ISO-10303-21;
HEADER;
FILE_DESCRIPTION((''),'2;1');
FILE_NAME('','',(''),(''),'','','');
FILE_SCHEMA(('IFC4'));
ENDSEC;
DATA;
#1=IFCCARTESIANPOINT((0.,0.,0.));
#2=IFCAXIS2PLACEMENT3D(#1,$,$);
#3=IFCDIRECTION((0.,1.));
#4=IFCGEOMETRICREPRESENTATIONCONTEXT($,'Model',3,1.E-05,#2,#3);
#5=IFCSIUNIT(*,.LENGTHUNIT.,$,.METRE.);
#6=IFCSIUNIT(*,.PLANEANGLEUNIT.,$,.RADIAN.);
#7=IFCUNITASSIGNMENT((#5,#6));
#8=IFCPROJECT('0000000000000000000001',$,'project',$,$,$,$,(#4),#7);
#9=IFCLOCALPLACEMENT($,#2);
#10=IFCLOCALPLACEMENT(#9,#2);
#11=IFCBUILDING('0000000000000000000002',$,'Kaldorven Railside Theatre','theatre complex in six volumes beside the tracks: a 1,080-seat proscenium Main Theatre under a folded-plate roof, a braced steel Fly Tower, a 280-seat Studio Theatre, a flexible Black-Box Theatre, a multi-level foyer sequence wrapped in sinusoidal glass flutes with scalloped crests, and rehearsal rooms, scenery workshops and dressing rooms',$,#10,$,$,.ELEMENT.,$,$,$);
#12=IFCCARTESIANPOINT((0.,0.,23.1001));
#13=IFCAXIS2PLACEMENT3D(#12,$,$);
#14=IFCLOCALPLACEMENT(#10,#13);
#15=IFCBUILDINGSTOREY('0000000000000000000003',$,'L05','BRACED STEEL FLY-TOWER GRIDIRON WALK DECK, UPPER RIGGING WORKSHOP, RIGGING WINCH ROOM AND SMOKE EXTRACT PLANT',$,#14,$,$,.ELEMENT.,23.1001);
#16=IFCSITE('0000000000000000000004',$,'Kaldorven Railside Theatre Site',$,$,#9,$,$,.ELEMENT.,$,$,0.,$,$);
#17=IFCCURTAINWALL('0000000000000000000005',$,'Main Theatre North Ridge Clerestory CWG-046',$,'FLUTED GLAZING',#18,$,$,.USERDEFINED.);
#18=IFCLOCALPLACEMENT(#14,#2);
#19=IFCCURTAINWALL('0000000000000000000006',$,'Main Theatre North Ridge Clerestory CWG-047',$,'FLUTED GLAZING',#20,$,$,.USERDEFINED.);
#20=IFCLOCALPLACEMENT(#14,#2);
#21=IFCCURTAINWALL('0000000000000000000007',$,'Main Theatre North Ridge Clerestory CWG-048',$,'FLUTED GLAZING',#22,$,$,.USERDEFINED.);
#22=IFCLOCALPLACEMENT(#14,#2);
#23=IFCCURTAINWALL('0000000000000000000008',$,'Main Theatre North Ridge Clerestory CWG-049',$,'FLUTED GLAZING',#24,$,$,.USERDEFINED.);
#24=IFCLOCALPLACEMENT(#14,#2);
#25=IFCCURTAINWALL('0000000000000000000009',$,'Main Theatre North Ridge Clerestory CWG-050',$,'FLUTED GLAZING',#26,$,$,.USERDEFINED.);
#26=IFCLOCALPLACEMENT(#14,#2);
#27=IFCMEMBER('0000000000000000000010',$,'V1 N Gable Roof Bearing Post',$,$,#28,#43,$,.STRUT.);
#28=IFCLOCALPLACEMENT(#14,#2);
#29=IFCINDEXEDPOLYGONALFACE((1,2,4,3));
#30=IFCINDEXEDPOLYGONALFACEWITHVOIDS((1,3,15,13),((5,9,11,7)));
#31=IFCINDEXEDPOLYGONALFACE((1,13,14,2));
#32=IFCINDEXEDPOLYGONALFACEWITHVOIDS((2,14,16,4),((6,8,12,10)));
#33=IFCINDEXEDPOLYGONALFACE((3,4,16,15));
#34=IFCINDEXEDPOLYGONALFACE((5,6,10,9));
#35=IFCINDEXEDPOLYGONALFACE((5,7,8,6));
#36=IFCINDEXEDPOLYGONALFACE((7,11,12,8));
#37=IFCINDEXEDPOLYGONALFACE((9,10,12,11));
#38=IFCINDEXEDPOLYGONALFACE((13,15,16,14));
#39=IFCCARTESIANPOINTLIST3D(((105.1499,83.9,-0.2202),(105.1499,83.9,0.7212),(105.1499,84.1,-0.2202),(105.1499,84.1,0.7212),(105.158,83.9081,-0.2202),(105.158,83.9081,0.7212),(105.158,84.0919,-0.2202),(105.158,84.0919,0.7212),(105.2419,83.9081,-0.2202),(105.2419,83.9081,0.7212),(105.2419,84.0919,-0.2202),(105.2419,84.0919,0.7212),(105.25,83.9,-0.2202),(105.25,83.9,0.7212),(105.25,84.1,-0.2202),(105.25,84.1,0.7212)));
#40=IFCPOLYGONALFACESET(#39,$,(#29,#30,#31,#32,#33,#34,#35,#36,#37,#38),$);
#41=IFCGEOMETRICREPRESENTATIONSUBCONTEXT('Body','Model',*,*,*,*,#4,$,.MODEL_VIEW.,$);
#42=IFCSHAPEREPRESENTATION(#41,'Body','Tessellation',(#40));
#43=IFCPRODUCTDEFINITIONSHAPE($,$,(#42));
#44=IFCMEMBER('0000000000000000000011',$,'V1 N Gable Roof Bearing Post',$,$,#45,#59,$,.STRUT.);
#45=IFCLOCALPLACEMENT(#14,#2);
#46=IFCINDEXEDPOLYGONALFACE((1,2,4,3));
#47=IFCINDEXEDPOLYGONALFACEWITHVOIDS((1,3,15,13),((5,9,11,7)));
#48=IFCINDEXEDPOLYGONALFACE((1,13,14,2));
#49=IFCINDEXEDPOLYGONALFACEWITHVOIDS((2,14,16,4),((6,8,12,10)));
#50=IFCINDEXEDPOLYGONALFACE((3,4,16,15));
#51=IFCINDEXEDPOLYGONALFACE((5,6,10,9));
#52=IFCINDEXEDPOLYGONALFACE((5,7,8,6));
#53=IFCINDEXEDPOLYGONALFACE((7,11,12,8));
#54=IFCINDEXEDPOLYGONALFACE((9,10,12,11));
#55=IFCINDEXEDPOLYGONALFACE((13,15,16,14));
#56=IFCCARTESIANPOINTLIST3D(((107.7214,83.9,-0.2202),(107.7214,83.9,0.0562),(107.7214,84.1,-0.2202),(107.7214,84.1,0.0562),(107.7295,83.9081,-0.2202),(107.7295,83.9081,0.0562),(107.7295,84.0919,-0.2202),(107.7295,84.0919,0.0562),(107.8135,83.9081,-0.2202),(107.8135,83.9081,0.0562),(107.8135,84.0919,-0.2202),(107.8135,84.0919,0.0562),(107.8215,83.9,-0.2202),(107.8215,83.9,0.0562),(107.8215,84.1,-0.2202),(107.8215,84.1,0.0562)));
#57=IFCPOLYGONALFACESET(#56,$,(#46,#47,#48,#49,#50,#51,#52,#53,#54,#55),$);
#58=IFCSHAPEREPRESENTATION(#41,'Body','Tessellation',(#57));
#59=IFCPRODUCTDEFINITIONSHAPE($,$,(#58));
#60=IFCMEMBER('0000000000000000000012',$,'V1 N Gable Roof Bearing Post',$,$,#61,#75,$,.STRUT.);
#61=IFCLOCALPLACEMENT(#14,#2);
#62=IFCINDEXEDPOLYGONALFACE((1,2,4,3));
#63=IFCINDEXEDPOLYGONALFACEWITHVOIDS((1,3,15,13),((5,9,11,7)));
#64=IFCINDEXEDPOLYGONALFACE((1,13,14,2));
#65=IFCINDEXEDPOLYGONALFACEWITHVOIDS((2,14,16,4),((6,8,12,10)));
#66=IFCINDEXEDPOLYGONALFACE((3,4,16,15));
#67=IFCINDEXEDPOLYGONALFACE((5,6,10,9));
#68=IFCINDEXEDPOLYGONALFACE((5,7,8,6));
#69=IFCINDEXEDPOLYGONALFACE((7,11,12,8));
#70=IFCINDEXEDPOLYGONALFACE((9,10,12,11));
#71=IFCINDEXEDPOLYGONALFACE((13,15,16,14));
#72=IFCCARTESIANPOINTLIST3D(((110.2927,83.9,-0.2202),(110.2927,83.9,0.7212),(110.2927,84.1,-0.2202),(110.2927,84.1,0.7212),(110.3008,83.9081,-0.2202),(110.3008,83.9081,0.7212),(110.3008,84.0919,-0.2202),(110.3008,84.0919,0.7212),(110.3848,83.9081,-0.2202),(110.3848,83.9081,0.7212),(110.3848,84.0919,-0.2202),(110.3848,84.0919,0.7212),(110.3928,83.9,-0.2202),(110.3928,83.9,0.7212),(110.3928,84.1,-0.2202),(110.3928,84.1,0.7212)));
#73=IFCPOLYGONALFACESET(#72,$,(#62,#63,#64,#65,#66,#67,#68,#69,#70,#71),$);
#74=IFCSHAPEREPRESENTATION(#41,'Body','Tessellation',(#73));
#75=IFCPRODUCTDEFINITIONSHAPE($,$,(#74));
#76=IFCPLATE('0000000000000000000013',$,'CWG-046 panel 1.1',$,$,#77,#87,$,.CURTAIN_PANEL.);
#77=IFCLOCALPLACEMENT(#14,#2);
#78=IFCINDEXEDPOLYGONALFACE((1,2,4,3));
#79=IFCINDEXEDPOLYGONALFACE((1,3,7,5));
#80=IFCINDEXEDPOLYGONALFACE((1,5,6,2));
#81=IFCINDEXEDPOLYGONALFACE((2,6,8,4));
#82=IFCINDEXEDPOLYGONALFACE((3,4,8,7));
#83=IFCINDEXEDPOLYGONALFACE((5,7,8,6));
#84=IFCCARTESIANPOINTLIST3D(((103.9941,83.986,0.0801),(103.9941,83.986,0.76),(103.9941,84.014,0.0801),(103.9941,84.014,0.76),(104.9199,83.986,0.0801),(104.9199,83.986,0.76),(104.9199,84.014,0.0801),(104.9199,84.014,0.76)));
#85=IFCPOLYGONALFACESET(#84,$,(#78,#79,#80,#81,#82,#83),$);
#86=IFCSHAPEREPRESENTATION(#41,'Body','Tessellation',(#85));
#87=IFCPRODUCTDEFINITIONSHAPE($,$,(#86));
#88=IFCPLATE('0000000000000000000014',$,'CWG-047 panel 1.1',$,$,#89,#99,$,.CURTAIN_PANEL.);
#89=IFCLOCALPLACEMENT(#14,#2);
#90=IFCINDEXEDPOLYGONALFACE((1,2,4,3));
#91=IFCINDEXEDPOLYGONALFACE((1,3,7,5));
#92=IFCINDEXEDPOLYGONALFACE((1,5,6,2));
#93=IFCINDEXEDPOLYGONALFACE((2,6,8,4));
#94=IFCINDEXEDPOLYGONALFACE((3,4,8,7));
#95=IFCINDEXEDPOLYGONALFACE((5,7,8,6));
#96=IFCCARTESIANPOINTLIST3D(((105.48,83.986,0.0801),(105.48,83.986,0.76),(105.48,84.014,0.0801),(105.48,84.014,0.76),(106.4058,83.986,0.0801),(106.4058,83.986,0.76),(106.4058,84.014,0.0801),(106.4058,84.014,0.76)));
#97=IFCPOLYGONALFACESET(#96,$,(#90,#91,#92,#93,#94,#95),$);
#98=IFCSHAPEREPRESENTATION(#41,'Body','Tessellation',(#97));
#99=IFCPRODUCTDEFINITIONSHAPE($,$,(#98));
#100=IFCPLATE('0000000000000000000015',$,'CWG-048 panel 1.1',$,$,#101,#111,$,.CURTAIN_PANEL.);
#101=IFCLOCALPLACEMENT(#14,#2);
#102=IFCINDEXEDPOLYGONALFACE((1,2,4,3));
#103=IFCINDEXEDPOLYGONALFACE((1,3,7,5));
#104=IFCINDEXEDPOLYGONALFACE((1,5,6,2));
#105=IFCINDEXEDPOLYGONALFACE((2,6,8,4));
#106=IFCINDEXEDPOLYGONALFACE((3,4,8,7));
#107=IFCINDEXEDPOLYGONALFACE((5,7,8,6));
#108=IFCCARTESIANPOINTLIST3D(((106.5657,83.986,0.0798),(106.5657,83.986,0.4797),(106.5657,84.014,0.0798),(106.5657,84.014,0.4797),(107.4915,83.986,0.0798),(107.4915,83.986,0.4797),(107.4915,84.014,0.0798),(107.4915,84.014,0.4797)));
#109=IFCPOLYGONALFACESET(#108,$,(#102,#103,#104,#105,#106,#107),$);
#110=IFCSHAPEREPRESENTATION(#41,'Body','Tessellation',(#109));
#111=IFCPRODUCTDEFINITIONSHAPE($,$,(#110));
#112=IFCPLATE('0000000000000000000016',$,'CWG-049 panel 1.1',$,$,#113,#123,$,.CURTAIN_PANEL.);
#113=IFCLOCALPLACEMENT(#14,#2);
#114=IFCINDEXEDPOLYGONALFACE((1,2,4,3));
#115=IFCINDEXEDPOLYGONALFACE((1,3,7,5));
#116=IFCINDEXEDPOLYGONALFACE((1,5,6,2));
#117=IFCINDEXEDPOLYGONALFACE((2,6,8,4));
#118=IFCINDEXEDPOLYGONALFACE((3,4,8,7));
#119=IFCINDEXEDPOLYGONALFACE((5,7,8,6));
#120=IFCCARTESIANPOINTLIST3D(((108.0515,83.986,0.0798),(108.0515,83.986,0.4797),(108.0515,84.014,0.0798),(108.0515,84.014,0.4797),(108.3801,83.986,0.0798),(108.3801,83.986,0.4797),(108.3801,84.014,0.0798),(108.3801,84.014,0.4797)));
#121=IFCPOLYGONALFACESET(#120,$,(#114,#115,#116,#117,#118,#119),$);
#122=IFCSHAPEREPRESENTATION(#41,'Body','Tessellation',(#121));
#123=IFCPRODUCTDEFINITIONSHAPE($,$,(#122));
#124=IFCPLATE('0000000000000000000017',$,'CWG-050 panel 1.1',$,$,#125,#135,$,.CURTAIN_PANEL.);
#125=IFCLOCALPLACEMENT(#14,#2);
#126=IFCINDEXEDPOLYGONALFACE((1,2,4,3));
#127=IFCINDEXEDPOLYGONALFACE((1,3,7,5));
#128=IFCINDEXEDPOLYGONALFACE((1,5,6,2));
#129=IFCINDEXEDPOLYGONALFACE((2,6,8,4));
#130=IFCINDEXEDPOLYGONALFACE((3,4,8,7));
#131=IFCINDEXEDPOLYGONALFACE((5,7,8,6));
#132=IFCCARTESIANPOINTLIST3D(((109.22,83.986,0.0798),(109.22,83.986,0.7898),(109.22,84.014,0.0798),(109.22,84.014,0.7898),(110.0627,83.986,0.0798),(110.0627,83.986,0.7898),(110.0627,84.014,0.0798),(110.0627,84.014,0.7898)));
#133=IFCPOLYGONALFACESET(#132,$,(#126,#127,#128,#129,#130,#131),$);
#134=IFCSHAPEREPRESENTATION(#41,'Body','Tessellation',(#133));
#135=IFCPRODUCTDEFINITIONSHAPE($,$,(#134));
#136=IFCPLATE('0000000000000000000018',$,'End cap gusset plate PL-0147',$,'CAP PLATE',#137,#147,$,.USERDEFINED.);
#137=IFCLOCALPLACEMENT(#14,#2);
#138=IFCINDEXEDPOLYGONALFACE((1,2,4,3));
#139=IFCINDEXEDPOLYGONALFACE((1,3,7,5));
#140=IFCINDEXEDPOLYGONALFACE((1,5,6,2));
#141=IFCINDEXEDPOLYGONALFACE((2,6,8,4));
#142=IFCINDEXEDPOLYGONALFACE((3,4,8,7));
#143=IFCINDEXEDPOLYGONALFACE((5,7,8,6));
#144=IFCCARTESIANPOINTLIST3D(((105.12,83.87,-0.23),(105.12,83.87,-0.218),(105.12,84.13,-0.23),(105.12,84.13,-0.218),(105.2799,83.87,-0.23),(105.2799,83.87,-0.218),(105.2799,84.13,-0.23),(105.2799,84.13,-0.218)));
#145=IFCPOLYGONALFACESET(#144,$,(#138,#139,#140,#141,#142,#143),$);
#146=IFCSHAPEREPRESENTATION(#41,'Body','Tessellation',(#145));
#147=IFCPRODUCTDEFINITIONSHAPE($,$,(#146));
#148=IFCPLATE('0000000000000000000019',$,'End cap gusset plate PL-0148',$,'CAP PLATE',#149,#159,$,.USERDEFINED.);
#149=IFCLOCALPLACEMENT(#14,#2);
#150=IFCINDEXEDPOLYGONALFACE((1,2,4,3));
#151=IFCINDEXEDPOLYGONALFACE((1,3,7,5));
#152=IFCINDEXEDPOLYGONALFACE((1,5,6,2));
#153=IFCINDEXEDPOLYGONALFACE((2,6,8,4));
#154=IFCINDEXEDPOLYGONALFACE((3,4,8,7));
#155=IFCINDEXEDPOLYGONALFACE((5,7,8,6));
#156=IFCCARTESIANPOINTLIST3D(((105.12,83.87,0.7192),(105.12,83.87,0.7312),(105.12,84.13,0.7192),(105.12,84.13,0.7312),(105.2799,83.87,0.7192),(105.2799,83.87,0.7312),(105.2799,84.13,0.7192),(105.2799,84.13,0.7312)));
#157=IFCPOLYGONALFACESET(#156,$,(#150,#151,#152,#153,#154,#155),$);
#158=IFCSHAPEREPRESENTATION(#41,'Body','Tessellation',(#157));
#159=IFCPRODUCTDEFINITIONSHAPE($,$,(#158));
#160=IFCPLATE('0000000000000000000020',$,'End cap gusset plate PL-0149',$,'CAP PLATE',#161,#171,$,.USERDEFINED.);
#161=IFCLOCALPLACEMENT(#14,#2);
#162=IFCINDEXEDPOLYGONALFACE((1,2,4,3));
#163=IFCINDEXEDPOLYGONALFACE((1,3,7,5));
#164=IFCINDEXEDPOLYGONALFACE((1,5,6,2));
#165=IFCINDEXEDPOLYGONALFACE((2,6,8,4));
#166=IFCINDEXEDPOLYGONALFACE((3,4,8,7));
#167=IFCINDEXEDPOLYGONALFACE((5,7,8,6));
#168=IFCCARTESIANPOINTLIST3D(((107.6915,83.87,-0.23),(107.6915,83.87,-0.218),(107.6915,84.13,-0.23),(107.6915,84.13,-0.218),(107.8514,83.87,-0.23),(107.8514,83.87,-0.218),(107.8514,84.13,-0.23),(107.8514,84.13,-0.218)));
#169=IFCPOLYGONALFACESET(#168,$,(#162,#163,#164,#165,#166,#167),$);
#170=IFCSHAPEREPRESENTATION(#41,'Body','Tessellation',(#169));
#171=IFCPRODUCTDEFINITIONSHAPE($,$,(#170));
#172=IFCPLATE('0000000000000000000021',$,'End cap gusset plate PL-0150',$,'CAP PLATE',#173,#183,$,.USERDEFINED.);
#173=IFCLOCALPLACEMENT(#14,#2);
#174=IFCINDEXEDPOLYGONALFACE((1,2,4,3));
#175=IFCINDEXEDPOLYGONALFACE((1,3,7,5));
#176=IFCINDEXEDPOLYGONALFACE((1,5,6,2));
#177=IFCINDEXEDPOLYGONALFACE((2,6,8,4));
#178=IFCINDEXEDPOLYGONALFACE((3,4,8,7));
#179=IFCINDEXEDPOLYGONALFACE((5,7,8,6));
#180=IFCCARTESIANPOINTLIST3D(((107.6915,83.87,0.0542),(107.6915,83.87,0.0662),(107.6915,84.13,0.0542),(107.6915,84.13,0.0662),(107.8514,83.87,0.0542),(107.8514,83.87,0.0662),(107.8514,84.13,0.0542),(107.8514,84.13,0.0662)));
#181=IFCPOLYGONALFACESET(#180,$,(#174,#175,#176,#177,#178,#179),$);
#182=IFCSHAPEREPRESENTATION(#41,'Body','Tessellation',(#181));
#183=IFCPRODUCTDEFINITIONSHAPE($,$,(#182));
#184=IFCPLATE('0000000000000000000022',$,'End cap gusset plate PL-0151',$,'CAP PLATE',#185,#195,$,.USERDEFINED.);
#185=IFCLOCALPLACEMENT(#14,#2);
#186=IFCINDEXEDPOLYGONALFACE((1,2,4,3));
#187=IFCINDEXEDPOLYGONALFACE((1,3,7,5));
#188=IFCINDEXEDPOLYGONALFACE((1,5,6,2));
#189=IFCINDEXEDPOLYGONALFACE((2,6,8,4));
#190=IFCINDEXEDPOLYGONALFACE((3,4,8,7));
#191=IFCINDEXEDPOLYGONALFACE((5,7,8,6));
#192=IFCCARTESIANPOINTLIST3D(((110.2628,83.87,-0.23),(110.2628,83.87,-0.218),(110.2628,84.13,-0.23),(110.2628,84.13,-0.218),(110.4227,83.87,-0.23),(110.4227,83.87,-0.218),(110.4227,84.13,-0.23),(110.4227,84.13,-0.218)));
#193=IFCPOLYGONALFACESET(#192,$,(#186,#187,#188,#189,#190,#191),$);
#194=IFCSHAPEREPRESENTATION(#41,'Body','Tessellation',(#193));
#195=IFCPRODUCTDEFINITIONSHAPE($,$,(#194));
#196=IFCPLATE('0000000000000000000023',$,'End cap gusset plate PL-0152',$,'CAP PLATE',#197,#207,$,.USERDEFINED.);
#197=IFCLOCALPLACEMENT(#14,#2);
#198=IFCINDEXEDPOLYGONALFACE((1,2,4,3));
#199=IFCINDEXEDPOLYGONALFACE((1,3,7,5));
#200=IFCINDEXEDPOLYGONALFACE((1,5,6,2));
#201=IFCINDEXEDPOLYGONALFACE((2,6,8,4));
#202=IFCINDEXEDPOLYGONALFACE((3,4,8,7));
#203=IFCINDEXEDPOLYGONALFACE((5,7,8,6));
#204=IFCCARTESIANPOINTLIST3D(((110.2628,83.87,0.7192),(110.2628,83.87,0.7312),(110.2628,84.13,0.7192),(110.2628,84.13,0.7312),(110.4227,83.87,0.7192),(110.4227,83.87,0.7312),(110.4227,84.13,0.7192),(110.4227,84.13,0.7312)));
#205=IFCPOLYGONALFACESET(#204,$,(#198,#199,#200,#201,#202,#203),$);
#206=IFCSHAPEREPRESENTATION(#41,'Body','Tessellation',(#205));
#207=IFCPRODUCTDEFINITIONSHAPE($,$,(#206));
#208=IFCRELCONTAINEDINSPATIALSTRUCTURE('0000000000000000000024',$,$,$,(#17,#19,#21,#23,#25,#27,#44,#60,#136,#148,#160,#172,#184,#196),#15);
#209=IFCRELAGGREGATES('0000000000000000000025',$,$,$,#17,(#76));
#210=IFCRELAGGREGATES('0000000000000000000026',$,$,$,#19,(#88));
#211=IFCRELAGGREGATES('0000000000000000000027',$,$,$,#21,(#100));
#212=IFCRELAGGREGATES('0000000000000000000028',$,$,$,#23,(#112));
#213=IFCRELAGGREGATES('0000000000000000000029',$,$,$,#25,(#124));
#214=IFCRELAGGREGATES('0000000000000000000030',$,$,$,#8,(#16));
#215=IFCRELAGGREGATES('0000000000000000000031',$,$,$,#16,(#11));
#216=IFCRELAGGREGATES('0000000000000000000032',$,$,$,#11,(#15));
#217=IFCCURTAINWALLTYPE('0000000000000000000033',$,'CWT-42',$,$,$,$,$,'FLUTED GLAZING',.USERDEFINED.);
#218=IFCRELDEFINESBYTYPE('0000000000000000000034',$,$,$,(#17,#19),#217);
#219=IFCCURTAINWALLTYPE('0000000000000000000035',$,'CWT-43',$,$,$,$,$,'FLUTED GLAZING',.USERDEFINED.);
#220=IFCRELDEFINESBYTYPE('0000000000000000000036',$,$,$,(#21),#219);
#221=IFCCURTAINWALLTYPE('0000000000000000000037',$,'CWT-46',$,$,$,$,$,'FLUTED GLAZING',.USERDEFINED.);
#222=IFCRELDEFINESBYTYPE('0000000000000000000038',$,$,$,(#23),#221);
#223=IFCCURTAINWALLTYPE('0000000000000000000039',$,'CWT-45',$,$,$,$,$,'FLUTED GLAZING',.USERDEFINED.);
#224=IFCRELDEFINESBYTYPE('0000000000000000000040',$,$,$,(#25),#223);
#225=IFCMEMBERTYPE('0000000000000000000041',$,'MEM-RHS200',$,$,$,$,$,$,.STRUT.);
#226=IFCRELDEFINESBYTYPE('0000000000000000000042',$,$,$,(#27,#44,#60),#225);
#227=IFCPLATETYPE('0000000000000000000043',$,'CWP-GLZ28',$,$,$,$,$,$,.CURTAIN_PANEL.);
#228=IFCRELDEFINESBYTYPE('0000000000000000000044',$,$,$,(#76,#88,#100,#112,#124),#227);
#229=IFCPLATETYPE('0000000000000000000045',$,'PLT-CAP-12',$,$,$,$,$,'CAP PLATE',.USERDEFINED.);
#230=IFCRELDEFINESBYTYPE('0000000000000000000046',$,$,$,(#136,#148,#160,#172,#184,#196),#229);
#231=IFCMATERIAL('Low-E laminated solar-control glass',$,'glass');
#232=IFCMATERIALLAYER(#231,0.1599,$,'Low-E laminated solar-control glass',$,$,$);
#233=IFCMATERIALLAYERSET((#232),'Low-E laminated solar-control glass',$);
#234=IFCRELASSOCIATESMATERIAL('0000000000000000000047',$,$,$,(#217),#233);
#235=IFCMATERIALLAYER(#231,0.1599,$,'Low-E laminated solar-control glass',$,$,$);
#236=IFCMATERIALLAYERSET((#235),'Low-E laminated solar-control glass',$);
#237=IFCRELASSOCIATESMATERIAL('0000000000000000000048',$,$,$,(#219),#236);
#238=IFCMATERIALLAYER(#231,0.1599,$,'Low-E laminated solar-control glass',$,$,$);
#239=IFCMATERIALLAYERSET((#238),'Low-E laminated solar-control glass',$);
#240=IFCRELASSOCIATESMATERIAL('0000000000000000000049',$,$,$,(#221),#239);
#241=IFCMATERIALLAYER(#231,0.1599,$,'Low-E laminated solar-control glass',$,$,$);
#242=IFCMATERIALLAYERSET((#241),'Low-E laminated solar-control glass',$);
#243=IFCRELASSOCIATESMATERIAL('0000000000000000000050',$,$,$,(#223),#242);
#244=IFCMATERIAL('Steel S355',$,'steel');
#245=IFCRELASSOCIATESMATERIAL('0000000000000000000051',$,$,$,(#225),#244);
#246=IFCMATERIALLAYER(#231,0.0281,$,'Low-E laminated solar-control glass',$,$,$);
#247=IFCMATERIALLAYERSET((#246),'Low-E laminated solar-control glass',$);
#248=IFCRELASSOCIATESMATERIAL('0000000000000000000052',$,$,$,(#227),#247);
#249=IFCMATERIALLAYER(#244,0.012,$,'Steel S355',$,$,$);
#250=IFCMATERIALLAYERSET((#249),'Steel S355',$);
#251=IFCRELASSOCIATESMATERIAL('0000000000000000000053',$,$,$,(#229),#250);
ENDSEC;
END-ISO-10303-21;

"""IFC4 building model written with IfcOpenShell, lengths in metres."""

from ifc_helpers import new_model, si_unit, direction, frame, origin, origin_2d, place, context, subcontext, project, spatial, rectangle, hollow_rectangle, extrude, material, layer, layer_set, material_profile, profile_set, type_object, element, aggregate, save


model = new_model("IFC4")

# Units and contexts
model_context = context("Model", 3, precision=1e-05, world=origin(), true_north=direction((0.0, 1.0)))
body_context = subcontext(model_context, "Body", "Model", "MODEL_VIEW")
ifc_project = project(units=[si_unit("LENGTHUNIT", "METRE"), si_unit("PLANEANGLEUNIT", "RADIAN")], contexts=[model_context])

# Site, building, storey
site_placement = place(None, origin())
site = spatial("IfcSite", under=ifc_project, at=site_placement, Name="Kaldorven Railside Theatre Site", CompositionType="ELEMENT", RefElevation=0.0)
building_placement = place(site_placement, origin())
building = spatial("IfcBuilding", under=site, at=building_placement, Name="Kaldorven Railside Theatre", Description="theatre complex in six volumes beside the tracks: a 1,080-seat proscenium Main Theatre under a folded-plate roof, a braced steel Fly Tower, a 280-seat Studio Theatre, a flexible Black-Box Theatre, a multi-level foyer sequence wrapped in sinusoidal glass flutes with scalloped crests, and rehearsal rooms, scenery workshops and dressing rooms", CompositionType="ELEMENT")
storey_placement = place(building_placement, frame((0.0, 0.0, 23.1001)))
storey = spatial("IfcBuildingStorey", under=building, at=storey_placement, Name="L05", Description="BRACED STEEL FLY-TOWER GRIDIRON WALK DECK, UPPER RIGGING WORKSHOP, RIGGING WINCH ROOM AND SMOKE EXTRACT PLANT", CompositionType="ELEMENT", Elevation=23.1001)

# Shared definitions
ifc_material_1 = material(Name="Steel S355", Category="steel")

# Curtain wall
ifc_material_2 = material(Name="Low-E laminated solar-control glass", Category="glass")
ifc_layer_1 = layer(ifc_material_2, 0.1599, Name="Low-E laminated solar-control glass")
ifc_layer_set_1 = layer_set([ifc_layer_1], Name="Low-E laminated solar-control glass")
curtain_wall_type_1 = type_object("IfcCurtainWallType", Name="CWT-42", ElementType="FLUTED GLAZING", PredefinedType="USERDEFINED", material=ifc_layer_set_1)
curtain_wall_1_placement = place(storey_placement, origin())
curtain_wall_1 = element("IfcCurtainWall", 1, at=curtain_wall_1_placement, inside=storey, type_object=curtain_wall_type_1, Name="Main Theatre North Ridge Clerestory CWG-046", ObjectType="FLUTED GLAZING", PredefinedType="USERDEFINED")

# Curtain walls
curtain_wall_2_placement = place(storey_placement, origin())
curtain_wall_2 = element("IfcCurtainWall", 2, at=curtain_wall_2_placement, inside=storey, type_object=curtain_wall_type_1, Name="Main Theatre North Ridge Clerestory CWG-047", ObjectType="FLUTED GLAZING", PredefinedType="USERDEFINED")
ifc_layer_2 = layer(ifc_material_2, 0.1599, Name="Low-E laminated solar-control glass")
ifc_layer_set_2 = layer_set([ifc_layer_2], Name="Low-E laminated solar-control glass")
curtain_wall_type_2 = type_object("IfcCurtainWallType", Name="CWT-43", ElementType="FLUTED GLAZING", PredefinedType="USERDEFINED", material=ifc_layer_set_2)
curtain_wall_3_placement = place(storey_placement, origin())
curtain_wall_3 = element("IfcCurtainWall", 3, at=curtain_wall_3_placement, inside=storey, type_object=curtain_wall_type_2, Name="Main Theatre North Ridge Clerestory CWG-048", ObjectType="FLUTED GLAZING", PredefinedType="USERDEFINED")
ifc_layer_3 = layer(ifc_material_2, 0.1599, Name="Low-E laminated solar-control glass")
ifc_layer_set_3 = layer_set([ifc_layer_3], Name="Low-E laminated solar-control glass")
curtain_wall_type_3 = type_object("IfcCurtainWallType", Name="CWT-46", ElementType="FLUTED GLAZING", PredefinedType="USERDEFINED", material=ifc_layer_set_3)
curtain_wall_4_placement = place(storey_placement, origin())
curtain_wall_4 = element("IfcCurtainWall", 4, at=curtain_wall_4_placement, inside=storey, type_object=curtain_wall_type_3, Name="Main Theatre North Ridge Clerestory CWG-049", ObjectType="FLUTED GLAZING", PredefinedType="USERDEFINED")
ifc_layer_4 = layer(ifc_material_2, 0.1599, Name="Low-E laminated solar-control glass")
ifc_layer_set_4 = layer_set([ifc_layer_4], Name="Low-E laminated solar-control glass")
curtain_wall_type_4 = type_object("IfcCurtainWallType", Name="CWT-45", ElementType="FLUTED GLAZING", PredefinedType="USERDEFINED", material=ifc_layer_set_4)
curtain_wall_5_placement = place(storey_placement, origin())
curtain_wall_5 = element("IfcCurtainWall", 5, at=curtain_wall_5_placement, inside=storey, type_object=curtain_wall_type_4, Name="Main Theatre North Ridge Clerestory CWG-050", ObjectType="FLUTED GLAZING", PredefinedType="USERDEFINED")

# Members
ifc_material_profile_1 = material_profile(ifc_material_1, hollow_rectangle(XDim=0.1001, YDim=0.2, WallThickness=0.0081, at=origin_2d()), Name="RHS 200x100x8")
ifc_profile_set_1 = profile_set([ifc_material_profile_1], Name="Steel S355")
member_type_1 = type_object("IfcMemberType", Name="MEM-RHS200", PredefinedType="STRUT", material=ifc_profile_set_1)
member_1_placement = place(storey_placement, frame((105.2, 84.0, -0.2202), z_axis=(0.0, 0.0, 1.0), x_axis=(1.0, 0.0, 0.0)))
element("IfcMember", 6, at=member_1_placement, inside=storey, type_object=member_type_1, Name="V1 N Gable Roof Bearing Post", PredefinedType="STRUT", context=body_context, shape_type="SweptSolid", body=[
    extrude(hollow_rectangle(XDim=0.1001, YDim=0.2, WallThickness=0.0081, at=origin_2d()), origin(), (0.0, 0.0, 1.0), 0.9414),
])
member_2_placement = place(storey_placement, frame((107.7715, 84.0, -0.2202), z_axis=(0.0, 0.0, 1.0), x_axis=(1.0, 0.0, 0.0)))
element("IfcMember", 7, at=member_2_placement, inside=storey, type_object=member_type_1, Name="V1 N Gable Roof Bearing Post", PredefinedType="STRUT", context=body_context, shape_type="SweptSolid", body=[
    extrude(hollow_rectangle(XDim=0.1001, YDim=0.2, WallThickness=0.0081, at=origin_2d()), origin(), (0.0, 0.0, 1.0), 0.2764),
])
member_3_placement = place(storey_placement, frame((110.3428, 84.0, -0.2202), z_axis=(0.0, 0.0, 1.0), x_axis=(1.0, 0.0, 0.0)))
element("IfcMember", 8, at=member_3_placement, inside=storey, type_object=member_type_1, Name="V1 N Gable Roof Bearing Post", PredefinedType="STRUT", context=body_context, shape_type="SweptSolid", body=[
    extrude(hollow_rectangle(XDim=0.1001, YDim=0.2, WallThickness=0.0081, at=origin_2d()), origin(), (0.0, 0.0, 1.0), 0.9414),
])

# Plates
ifc_layer_5 = layer(ifc_material_2, 0.0281, Name="Low-E laminated solar-control glass")
ifc_layer_set_5 = layer_set([ifc_layer_5], Name="Low-E laminated solar-control glass")
plate_type_1 = type_object("IfcPlateType", Name="CWP-GLZ28", PredefinedType="CURTAIN_PANEL", material=ifc_layer_set_5)
plate_1_placement = place(storey_placement, frame((104.457, 84.0, 0.0801), z_axis=(0.0, 0.0, 1.0), x_axis=(1.0, 0.0, 0.0)))
plate_1 = element("IfcPlate", 9, at=plate_1_placement, type_object=plate_type_1, Name="CWG-046 panel 1.1", PredefinedType="CURTAIN_PANEL", context=body_context, shape_type="SweptSolid", body=[
    extrude(rectangle(XDim=0.9258, YDim=0.0281, at=origin_2d()), origin(), (0.0, 0.0, 1.0), 0.6799),
])
aggregate(curtain_wall_1, [plate_1])
plate_2_placement = place(storey_placement, frame((105.9429, 84.0, 0.0801), z_axis=(0.0, 0.0, 1.0), x_axis=(1.0, 0.0, 0.0)))
plate_2 = element("IfcPlate", 10, at=plate_2_placement, type_object=plate_type_1, Name="CWG-047 panel 1.1", PredefinedType="CURTAIN_PANEL", context=body_context, shape_type="SweptSolid", body=[
    extrude(rectangle(XDim=0.9258, YDim=0.0281, at=origin_2d()), origin(), (0.0, 0.0, 1.0), 0.6799),
])
aggregate(curtain_wall_2, [plate_2])
plate_3_placement = place(storey_placement, frame((107.0286, 84.0, 0.0798), z_axis=(0.0, 0.0, 1.0), x_axis=(1.0, 0.0, 0.0)))
plate_3 = element("IfcPlate", 11, at=plate_3_placement, type_object=plate_type_1, Name="CWG-048 panel 1.1", PredefinedType="CURTAIN_PANEL", context=body_context, shape_type="SweptSolid", body=[
    extrude(rectangle(XDim=0.9258, YDim=0.0281, at=origin_2d()), origin(), (0.0, 0.0, 1.0), 0.3999),
])
aggregate(curtain_wall_3, [plate_3])
plate_4_placement = place(storey_placement, frame((108.2158, 84.0, 0.0798), z_axis=(0.0, 0.0, 1.0), x_axis=(1.0, 0.0, 0.0)))
plate_4 = element("IfcPlate", 12, at=plate_4_placement, type_object=plate_type_1, Name="CWG-049 panel 1.1", PredefinedType="CURTAIN_PANEL", context=body_context, shape_type="SweptSolid", body=[
    extrude(rectangle(XDim=0.3286, YDim=0.0281, at=origin_2d()), origin(), (0.0, 0.0, 1.0), 0.3999),
])
aggregate(curtain_wall_4, [plate_4])
plate_5_placement = place(storey_placement, frame((109.6414, 84.0, 0.0798), z_axis=(0.0, 0.0, 1.0), x_axis=(1.0, 0.0, 0.0)))
plate_5 = element("IfcPlate", 13, at=plate_5_placement, type_object=plate_type_1, Name="CWG-050 panel 1.1", PredefinedType="CURTAIN_PANEL", context=body_context, shape_type="SweptSolid", body=[
    extrude(rectangle(XDim=0.8428, YDim=0.0281, at=origin_2d()), origin(), (0.0, 0.0, 1.0), 0.71),
])
aggregate(curtain_wall_5, [plate_5])

# Plates
ifc_layer_6 = layer(ifc_material_1, 0.012, Name="Steel S355")
ifc_layer_set_6 = layer_set([ifc_layer_6], Name="Steel S355")
plate_type_2 = type_object("IfcPlateType", Name="PLT-CAP-12", ElementType="CAP PLATE", PredefinedType="USERDEFINED", material=ifc_layer_set_6)
for number, where, z_axis, x_axis, name in (
    (14, (105.2, 84.0, -0.23), (0.0, 0.0, 1.0), (1.0, 0.0, 0.0), "End cap gusset plate PL-0147"),
    (15, (105.2, 84.0, 0.7192), (0.0, 0.0, 1.0), (1.0, 0.0, 0.0), "End cap gusset plate PL-0148"),
    (16, (107.7715, 84.0, -0.23), (0.0, 0.0, 1.0), (1.0, 0.0, 0.0), "End cap gusset plate PL-0149"),
    (17, (107.7715, 84.0, 0.0542), (0.0, 0.0, 1.0), (1.0, 0.0, 0.0), "End cap gusset plate PL-0150"),
    (18, (110.3428, 84.0, -0.23), (0.0, 0.0, 1.0), (1.0, 0.0, 0.0), "End cap gusset plate PL-0151"),
    (19, (110.3428, 84.0, 0.7192), (0.0, 0.0, 1.0), (1.0, 0.0, 0.0), "End cap gusset plate PL-0152"),
):
    element("IfcPlate", number, at=place(storey_placement, frame(where, z_axis=z_axis, x_axis=x_axis)), inside=storey, type_object=plate_type_2, Name=name, ObjectType="CAP PLATE", PredefinedType="USERDEFINED", context=body_context, shape_type="SweptSolid", body=[
        extrude(rectangle(XDim=0.1599, YDim=0.26, at=origin_2d()), origin(), (0.0, 0.0, 1.0), 0.012),
    ])

save(model, "model.ifc")
